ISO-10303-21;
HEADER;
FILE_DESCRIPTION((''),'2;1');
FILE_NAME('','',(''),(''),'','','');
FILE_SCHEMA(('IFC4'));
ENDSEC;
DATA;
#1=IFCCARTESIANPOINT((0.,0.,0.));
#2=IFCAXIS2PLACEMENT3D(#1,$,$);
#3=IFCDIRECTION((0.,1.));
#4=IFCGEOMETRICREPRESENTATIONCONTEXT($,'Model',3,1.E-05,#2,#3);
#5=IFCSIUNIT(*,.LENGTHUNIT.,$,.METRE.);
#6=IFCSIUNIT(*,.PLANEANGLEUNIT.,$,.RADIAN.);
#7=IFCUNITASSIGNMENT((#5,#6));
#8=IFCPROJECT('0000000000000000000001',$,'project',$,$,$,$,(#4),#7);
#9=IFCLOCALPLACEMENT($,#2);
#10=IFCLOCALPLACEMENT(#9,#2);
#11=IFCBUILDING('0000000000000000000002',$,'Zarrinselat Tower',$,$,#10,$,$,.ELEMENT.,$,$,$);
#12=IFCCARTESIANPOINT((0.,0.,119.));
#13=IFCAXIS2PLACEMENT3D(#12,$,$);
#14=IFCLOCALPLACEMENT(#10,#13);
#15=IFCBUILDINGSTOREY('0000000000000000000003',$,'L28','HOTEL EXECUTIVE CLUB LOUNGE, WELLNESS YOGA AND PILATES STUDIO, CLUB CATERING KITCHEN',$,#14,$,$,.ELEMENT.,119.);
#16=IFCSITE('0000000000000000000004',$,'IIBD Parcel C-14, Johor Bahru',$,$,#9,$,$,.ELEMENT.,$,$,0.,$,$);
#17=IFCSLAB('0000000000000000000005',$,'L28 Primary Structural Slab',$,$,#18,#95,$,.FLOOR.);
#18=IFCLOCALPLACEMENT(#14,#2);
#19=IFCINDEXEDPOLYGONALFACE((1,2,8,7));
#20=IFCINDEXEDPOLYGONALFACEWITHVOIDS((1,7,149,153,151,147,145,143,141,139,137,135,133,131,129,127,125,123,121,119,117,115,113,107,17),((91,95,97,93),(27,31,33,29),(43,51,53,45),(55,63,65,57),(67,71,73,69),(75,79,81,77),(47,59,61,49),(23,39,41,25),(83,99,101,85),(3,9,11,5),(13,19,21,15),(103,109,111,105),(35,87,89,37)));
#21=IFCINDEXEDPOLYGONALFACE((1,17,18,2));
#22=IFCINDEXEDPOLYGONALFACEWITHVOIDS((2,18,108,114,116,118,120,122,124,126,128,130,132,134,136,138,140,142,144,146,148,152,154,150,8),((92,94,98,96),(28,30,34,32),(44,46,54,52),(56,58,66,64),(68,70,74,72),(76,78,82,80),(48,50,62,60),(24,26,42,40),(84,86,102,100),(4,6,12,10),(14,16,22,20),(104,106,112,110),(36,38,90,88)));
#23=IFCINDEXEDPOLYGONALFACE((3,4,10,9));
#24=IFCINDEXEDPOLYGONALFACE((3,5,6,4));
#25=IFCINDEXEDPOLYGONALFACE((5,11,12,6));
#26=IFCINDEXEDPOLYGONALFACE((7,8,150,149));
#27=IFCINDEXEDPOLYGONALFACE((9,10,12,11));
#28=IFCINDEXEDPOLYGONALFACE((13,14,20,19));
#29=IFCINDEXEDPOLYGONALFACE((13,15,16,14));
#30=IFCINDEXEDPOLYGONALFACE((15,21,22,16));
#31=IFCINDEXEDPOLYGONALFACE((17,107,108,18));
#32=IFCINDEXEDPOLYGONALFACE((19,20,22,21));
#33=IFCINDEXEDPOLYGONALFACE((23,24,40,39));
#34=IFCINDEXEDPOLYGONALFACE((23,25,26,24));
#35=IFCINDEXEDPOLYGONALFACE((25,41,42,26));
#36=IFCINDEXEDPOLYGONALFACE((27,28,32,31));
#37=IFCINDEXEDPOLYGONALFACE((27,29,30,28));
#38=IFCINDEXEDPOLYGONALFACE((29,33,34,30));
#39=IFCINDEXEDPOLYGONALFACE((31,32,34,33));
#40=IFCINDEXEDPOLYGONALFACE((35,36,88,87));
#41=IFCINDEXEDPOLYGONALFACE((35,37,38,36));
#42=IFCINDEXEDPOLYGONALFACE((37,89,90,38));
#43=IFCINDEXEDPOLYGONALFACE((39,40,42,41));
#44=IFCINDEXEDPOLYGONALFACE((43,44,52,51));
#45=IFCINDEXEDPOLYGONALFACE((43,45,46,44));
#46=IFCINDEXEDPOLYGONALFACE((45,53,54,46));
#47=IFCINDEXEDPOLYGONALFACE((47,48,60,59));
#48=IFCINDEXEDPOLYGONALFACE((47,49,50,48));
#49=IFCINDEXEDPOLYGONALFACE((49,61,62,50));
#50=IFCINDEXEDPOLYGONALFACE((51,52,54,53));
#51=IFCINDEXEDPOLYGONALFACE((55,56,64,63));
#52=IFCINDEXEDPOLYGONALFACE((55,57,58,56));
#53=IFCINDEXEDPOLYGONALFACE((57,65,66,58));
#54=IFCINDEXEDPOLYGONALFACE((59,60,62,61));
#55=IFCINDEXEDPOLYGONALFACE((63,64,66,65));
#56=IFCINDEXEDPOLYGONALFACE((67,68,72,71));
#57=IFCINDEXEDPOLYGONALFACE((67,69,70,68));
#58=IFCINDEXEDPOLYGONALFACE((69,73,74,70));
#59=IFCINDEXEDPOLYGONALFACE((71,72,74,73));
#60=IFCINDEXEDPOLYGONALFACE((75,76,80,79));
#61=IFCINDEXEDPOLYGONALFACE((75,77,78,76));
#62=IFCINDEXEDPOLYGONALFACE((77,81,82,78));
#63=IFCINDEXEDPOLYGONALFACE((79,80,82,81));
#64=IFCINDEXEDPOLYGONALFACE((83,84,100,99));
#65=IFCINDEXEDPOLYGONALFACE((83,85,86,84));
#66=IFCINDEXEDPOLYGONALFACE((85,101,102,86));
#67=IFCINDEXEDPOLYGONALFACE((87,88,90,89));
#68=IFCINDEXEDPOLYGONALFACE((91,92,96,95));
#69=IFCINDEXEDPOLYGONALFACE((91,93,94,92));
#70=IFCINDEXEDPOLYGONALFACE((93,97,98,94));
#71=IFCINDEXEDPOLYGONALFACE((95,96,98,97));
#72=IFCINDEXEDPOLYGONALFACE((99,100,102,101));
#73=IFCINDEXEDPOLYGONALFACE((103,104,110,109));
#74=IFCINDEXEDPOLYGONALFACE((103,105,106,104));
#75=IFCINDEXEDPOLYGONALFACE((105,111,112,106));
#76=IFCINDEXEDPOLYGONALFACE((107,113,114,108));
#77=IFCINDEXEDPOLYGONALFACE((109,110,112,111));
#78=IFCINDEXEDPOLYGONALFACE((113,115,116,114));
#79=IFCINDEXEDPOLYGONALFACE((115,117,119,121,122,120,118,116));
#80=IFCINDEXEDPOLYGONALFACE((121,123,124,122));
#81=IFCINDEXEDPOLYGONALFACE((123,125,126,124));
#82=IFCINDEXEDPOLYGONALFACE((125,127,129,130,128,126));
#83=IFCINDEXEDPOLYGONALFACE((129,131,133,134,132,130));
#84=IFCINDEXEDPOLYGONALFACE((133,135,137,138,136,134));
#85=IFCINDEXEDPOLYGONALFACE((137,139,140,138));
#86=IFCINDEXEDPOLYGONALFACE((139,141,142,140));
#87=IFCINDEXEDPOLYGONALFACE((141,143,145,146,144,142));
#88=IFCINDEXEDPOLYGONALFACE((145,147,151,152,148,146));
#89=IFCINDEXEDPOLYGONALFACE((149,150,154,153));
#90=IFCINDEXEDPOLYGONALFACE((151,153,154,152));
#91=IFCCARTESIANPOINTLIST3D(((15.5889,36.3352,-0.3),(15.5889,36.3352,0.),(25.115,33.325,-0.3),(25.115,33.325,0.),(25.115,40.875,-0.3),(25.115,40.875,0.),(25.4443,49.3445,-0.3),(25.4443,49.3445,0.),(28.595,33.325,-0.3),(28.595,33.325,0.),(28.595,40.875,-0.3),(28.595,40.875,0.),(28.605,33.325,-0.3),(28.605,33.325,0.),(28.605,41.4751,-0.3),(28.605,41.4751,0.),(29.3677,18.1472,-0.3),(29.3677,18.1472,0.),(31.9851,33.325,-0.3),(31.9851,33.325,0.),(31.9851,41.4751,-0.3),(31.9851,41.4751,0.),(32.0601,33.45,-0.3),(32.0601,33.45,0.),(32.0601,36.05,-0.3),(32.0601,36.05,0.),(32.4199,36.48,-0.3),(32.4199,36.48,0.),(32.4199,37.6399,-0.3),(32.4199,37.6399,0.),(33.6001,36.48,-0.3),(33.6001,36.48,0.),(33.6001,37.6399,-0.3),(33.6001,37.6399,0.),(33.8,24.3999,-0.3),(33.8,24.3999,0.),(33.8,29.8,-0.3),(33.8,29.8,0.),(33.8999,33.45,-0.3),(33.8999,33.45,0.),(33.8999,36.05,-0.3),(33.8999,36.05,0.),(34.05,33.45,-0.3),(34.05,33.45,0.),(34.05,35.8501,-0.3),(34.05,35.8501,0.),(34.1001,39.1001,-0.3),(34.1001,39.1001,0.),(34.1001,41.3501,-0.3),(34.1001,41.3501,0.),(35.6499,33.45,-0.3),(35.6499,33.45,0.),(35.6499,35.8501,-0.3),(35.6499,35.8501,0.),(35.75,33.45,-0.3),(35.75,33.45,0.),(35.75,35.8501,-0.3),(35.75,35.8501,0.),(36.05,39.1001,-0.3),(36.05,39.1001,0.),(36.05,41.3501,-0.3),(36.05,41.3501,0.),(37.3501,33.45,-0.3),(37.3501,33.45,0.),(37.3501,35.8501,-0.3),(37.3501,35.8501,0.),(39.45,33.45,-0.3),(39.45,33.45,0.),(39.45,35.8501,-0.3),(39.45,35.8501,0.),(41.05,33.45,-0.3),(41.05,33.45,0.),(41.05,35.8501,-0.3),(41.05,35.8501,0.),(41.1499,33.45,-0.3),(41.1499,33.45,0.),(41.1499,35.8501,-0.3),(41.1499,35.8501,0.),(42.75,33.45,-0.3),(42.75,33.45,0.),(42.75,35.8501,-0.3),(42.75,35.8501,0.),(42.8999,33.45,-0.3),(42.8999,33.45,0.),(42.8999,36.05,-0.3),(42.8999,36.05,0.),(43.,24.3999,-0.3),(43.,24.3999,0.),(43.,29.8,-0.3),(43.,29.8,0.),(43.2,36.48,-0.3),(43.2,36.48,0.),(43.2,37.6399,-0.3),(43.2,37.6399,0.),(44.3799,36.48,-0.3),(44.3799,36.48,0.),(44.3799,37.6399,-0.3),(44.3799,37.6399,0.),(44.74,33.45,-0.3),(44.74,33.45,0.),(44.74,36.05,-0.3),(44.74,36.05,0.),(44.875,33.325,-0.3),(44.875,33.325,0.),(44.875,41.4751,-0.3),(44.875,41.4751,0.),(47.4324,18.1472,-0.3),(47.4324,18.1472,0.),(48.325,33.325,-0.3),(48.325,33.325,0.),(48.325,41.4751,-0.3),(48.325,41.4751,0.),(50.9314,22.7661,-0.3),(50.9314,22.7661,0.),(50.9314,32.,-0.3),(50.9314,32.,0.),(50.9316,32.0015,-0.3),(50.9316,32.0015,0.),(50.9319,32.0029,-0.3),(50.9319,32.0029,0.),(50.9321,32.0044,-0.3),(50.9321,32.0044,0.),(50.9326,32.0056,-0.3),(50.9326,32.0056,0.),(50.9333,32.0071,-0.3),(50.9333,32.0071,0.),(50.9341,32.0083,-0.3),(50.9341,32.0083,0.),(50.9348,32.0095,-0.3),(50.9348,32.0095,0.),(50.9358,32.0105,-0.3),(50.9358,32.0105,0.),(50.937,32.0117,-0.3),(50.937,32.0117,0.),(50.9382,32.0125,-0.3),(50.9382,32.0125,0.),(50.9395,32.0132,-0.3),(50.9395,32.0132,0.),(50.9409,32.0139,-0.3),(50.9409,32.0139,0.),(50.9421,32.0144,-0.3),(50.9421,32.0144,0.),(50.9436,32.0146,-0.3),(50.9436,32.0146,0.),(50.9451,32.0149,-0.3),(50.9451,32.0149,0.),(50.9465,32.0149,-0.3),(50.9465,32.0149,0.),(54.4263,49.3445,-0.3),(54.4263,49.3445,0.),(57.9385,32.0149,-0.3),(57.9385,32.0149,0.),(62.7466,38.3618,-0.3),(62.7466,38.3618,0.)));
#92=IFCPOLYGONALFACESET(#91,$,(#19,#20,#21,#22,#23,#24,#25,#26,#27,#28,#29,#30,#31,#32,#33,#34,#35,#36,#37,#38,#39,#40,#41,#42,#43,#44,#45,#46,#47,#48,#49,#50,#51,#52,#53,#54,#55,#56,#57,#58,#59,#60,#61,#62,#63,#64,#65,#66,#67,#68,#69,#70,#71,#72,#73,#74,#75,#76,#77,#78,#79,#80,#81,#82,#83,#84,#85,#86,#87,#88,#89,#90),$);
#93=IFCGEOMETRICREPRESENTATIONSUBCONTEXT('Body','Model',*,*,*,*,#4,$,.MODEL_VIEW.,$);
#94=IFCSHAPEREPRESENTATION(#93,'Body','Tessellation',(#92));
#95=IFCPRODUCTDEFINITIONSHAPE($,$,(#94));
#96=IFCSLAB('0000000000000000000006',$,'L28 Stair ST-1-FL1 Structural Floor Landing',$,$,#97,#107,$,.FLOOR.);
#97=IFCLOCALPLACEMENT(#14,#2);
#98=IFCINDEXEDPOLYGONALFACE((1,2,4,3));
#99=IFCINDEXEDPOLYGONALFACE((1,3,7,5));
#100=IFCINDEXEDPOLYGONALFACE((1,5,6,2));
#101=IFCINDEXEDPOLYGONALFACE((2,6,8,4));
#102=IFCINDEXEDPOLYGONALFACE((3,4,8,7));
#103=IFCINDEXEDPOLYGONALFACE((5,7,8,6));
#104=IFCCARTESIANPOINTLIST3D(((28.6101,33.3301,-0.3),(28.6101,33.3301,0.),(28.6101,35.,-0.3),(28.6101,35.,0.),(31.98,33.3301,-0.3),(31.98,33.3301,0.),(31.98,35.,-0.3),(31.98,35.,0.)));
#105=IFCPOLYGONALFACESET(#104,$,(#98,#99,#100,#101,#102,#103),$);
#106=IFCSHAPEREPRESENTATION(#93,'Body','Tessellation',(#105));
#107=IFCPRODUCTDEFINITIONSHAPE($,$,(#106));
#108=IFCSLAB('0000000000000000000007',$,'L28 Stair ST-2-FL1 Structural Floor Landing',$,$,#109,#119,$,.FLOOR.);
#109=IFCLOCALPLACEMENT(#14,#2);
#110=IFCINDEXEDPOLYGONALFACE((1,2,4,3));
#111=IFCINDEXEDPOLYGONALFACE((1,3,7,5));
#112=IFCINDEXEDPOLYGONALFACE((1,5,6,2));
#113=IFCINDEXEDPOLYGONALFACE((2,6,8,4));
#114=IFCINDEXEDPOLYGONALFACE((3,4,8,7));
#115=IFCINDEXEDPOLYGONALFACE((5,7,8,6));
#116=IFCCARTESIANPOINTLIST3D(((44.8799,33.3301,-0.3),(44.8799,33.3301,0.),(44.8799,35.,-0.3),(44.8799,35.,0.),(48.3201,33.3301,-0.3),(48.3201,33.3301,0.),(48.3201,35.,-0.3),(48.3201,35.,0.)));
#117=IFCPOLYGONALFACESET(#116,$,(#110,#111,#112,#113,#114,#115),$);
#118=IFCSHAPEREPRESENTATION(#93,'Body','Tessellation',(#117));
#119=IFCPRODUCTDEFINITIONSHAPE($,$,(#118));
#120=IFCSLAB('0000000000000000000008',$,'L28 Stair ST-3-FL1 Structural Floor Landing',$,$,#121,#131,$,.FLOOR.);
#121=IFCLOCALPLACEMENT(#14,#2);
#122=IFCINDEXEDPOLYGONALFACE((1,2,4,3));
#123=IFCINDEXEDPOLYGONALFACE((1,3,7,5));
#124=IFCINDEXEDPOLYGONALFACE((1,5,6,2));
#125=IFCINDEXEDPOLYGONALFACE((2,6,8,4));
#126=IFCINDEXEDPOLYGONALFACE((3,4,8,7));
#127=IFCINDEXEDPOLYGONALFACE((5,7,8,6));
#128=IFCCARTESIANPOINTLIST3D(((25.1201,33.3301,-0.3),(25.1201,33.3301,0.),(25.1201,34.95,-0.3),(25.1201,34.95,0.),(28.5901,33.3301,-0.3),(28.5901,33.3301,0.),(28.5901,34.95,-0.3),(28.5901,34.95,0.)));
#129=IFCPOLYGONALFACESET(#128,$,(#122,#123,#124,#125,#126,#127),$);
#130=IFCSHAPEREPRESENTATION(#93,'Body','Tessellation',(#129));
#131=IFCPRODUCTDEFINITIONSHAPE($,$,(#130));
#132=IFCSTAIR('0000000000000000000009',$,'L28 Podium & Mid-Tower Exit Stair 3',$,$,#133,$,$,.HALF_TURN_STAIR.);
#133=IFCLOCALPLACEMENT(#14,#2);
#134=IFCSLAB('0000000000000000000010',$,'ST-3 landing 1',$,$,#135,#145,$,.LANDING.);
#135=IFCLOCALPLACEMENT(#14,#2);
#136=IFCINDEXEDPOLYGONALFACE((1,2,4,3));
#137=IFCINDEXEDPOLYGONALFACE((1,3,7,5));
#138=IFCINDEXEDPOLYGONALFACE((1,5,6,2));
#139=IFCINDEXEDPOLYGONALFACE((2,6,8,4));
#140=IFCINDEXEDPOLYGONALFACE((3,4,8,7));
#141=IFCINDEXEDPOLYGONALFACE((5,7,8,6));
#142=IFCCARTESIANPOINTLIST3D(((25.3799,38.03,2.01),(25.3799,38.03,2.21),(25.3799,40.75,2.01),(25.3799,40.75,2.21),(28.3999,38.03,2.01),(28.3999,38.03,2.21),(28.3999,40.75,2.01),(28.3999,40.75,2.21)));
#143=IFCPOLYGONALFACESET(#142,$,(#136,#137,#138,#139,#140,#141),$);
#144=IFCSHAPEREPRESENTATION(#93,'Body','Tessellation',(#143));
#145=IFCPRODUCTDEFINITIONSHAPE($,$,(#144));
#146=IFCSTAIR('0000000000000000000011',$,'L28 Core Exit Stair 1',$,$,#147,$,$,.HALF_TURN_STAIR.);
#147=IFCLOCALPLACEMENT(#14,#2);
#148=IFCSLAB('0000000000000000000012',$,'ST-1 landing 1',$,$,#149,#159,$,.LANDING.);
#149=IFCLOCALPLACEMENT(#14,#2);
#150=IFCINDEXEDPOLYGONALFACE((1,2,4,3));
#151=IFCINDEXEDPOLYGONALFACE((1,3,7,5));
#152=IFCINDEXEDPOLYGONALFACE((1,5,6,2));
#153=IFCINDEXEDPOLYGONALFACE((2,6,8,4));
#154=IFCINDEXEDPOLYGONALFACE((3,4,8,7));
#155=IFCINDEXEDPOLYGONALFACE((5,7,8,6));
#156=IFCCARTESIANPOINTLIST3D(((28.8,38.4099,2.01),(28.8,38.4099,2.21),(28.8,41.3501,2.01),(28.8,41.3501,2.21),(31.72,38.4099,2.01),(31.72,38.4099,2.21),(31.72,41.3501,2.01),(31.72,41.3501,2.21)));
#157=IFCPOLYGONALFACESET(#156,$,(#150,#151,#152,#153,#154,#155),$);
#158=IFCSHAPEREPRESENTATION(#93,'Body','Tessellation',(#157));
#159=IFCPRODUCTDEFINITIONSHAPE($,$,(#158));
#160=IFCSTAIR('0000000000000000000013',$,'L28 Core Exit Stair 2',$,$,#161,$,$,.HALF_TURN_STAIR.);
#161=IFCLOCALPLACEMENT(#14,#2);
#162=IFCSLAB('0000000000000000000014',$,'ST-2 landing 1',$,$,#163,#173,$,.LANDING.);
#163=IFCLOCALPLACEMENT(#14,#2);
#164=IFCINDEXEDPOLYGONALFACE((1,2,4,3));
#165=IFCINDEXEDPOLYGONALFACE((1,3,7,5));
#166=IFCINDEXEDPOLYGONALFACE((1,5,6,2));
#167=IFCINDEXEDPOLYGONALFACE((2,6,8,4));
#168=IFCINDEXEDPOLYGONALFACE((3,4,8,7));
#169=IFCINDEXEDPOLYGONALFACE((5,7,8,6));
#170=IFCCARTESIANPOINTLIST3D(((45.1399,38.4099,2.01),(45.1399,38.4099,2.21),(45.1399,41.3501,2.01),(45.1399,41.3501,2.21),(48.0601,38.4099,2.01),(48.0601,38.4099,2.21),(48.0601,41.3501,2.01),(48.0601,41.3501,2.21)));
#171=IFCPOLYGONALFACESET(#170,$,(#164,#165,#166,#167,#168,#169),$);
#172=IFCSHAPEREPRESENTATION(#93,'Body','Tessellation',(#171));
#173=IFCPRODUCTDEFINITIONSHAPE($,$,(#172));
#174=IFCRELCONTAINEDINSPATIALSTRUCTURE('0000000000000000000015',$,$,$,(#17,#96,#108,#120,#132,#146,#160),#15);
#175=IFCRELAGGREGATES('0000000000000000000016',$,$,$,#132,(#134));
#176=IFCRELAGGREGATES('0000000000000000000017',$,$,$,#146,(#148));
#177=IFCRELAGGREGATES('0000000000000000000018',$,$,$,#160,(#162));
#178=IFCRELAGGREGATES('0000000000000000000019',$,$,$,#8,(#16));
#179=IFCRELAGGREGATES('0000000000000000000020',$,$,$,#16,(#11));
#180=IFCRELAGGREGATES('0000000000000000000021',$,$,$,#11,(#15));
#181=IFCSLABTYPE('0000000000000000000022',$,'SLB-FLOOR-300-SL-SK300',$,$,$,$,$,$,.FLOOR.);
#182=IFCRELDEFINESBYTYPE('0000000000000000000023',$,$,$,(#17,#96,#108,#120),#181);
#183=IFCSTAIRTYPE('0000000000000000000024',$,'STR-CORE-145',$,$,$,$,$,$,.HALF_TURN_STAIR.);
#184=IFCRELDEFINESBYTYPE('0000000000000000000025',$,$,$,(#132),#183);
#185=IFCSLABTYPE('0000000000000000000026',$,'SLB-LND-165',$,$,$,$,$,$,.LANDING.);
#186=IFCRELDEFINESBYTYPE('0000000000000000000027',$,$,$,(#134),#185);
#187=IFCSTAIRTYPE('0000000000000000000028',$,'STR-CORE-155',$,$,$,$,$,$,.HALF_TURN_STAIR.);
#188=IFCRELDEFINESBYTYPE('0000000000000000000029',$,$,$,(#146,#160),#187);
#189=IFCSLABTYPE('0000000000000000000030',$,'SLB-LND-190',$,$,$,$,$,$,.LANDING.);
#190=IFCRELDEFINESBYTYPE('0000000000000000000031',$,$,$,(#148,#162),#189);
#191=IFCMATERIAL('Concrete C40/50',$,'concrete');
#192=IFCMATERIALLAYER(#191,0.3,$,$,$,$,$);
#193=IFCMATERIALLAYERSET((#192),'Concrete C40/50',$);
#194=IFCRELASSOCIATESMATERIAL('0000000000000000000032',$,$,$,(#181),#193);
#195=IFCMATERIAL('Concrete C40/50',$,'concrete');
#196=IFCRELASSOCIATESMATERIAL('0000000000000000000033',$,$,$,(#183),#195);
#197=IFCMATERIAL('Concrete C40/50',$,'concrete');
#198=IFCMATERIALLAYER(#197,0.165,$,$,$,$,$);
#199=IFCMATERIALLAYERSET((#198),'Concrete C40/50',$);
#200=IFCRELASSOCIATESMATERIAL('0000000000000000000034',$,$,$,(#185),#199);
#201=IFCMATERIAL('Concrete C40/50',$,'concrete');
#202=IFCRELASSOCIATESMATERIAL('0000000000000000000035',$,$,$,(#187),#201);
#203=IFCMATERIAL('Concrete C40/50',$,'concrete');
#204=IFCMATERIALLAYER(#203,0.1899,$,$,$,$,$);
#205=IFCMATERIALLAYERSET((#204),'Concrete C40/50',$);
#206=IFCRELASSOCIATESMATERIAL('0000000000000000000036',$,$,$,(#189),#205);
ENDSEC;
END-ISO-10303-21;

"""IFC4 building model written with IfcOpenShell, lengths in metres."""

from ifc_helpers import new_model, si_unit, direction, frame, origin, place, context, subcontext, project, spatial, polyline, outline, extrude, material, layer, layer_set, type_object, element, aggregate, save


model = new_model("IFC4")

# Units and contexts
model_context = context("Model", 3, precision=1e-05, world=origin(), true_north=direction((0.0, 1.0)))
body_context = subcontext(model_context, "Body", "Model", "MODEL_VIEW")
ifc_project = project(units=[si_unit("LENGTHUNIT", "METRE"), si_unit("PLANEANGLEUNIT", "RADIAN")], contexts=[model_context])

# Site, building, storey
site_placement = place(None, origin())
site = spatial("IfcSite", under=ifc_project, at=site_placement, Name="IIBD Parcel C-14, Johor Bahru", CompositionType="ELEMENT", RefElevation=0.0)
building_placement = place(site_placement, origin())
building = spatial("IfcBuilding", under=site, at=building_placement, Name="Zarrinselat Tower", CompositionType="ELEMENT")
storey_placement = place(building_placement, frame((0.0, 0.0, 119.0)))
storey = spatial("IfcBuildingStorey", under=building, at=storey_placement, Name="L28", Description="HOTEL EXECUTIVE CLUB LOUNGE, WELLNESS YOGA AND PILATES STUDIO, CLUB CATERING KITCHEN", CompositionType="ELEMENT", Elevation=119.0)

# Slabs
ifc_material_1 = material(Name="Concrete C40/50", Category="concrete")
ifc_layer_1 = layer(ifc_material_1, 0.3)
ifc_layer_set_1 = layer_set([ifc_layer_1], Name="Concrete C40/50")
slab_type_1 = type_object("IfcSlabType", Name="SLB-FLOOR-300-SL-SK300", PredefinedType="FLOOR", material=ifc_layer_set_1)
slab_1_placement = place(storey_placement, frame((0.0, 0.0, -0.3)))
element("IfcSlab", 1, at=slab_1_placement, inside=storey, type_object=slab_type_1, Name="L28 Primary Structural Slab", PredefinedType="FLOOR", context=body_context, shape_type="SweptSolid", body=[
    extrude(outline(polyline([(47.4324, 18.1472), (29.3677, 18.1472), (15.5889, 36.3352), (25.4443, 49.3445), (54.4263, 49.3445), (62.7466, 38.3618), (57.9385, 32.0149), (50.9465, 32.0149), (50.9451, 32.0149), (50.9436, 32.0146), (50.9421, 32.0144), (50.9409, 32.0139), (50.9395, 32.0132), (50.9382, 32.0125), (50.937, 32.0117), (50.9358, 32.0105), (50.9348, 32.0095), (50.9341, 32.0083), (50.9333, 32.0071), (50.9326, 32.0056), (50.9321, 32.0044), (50.9319, 32.0029), (50.9316, 32.0015), (50.9314, 32.0), (50.9314, 22.7661), (47.4324, 18.1472)]), holes=[polyline([(35.6499, 33.45), (34.05, 33.45), (34.05, 35.8501), (35.6499, 35.8501), (35.6499, 33.45)]), polyline([(35.75, 33.45), (35.75, 35.8501), (37.3501, 35.8501), (37.3501, 33.45), (35.75, 33.45)]), polyline([(32.0601, 33.45), (32.0601, 36.05), (33.8999, 36.05), (33.8999, 33.45), (32.0601, 33.45)]), polyline([(33.6001, 36.48), (32.4199, 36.48), (32.4199, 37.6399), (33.6001, 37.6399), (33.6001, 36.48)]), polyline([(28.595, 33.325), (25.115, 33.325), (25.115, 40.875), (28.595, 40.875), (28.595, 33.325)]), polyline([(31.9851, 33.325), (28.605, 33.325), (28.605, 41.4751), (31.9851, 41.4751), (31.9851, 33.325)]), polyline([(36.05, 39.1001), (34.1001, 39.1001), (34.1001, 41.3501), (36.05, 41.3501), (36.05, 39.1001)]), polyline([(33.8, 24.3999), (33.8, 29.8), (43.0, 29.8), (43.0, 24.3999), (33.8, 24.3999)]), polyline([(39.45, 33.45), (39.45, 35.8501), (41.05, 35.8501), (41.05, 33.45), (39.45, 33.45)]), polyline([(41.1499, 33.45), (41.1499, 35.8501), (42.75, 35.8501), (42.75, 33.45), (41.1499, 33.45)]), polyline([(42.8999, 33.45), (42.8999, 36.05), (44.74, 36.05), (44.74, 33.45), (42.8999, 33.45)]), polyline([(43.2, 36.48), (43.2, 37.6399), (44.3799, 37.6399), (44.3799, 36.48), (43.2, 36.48)]), polyline([(48.325, 33.325), (44.875, 33.325), (44.875, 41.4751), (48.325, 41.4751), (48.325, 33.325)])]), origin(), (0.0, 0.0, 1.0), 0.3),
])
slab_2_placement = place(storey_placement, frame((0.0, 0.0, -0.3)))
element("IfcSlab", 2, at=slab_2_placement, inside=storey, type_object=slab_type_1, Name="L28 Stair ST-1-FL1 Structural Floor Landing", PredefinedType="FLOOR", context=body_context, shape_type="SweptSolid", body=[
    extrude(outline(polyline([(31.98, 33.3301), (31.98, 35.0), (28.6101, 35.0), (28.6101, 33.3301), (31.98, 33.3301)])), origin(), (0.0, 0.0, 1.0), 0.3),
])
slab_3_placement = place(storey_placement, frame((0.0, 0.0, -0.3)))
element("IfcSlab", 3, at=slab_3_placement, inside=storey, type_object=slab_type_1, Name="L28 Stair ST-2-FL1 Structural Floor Landing", PredefinedType="FLOOR", context=body_context, shape_type="SweptSolid", body=[
    extrude(outline(polyline([(48.3201, 33.3301), (48.3201, 35.0), (44.8799, 35.0), (44.8799, 33.3301), (48.3201, 33.3301)])), origin(), (0.0, 0.0, 1.0), 0.3),
])
slab_4_placement = place(storey_placement, frame((0.0, 0.0, -0.3)))
element("IfcSlab", 4, at=slab_4_placement, inside=storey, type_object=slab_type_1, Name="L28 Stair ST-3-FL1 Structural Floor Landing", PredefinedType="FLOOR", context=body_context, shape_type="SweptSolid", body=[
    extrude(outline(polyline([(28.5901, 33.3301), (28.5901, 34.95), (25.1201, 34.95), (25.1201, 33.3301), (28.5901, 33.3301)])), origin(), (0.0, 0.0, 1.0), 0.3),
])

# Stairs, slabs
ifc_material_2 = material(Name="Concrete C40/50", Category="concrete")
stair_type_1 = type_object("IfcStairType", Name="STR-CORE-145", PredefinedType="HALF_TURN_STAIR", material=ifc_material_2)
stair_1_placement = place(storey_placement, origin())
stair_1 = element("IfcStair", 5, at=stair_1_placement, inside=storey, type_object=stair_type_1, Name="L28 Podium & Mid-Tower Exit Stair 3", PredefinedType="HALF_TURN_STAIR")
ifc_material_3 = material(Name="Concrete C40/50", Category="concrete")
ifc_layer_2 = layer(ifc_material_3, 0.165)
ifc_layer_set_2 = layer_set([ifc_layer_2], Name="Concrete C40/50")
slab_type_2 = type_object("IfcSlabType", Name="SLB-LND-165", PredefinedType="LANDING", material=ifc_layer_set_2)
slab_5_placement = place(storey_placement, frame((0.0, 0.0, 2.01)))
slab_5 = element("IfcSlab", 6, at=slab_5_placement, type_object=slab_type_2, Name="ST-3 landing 1", PredefinedType="LANDING", context=body_context, shape_type="SweptSolid", body=[
    extrude(outline(polyline([(28.3999, 38.03), (28.3999, 40.75), (25.3799, 40.75), (25.3799, 38.03), (28.3999, 38.03)])), origin(), (0.0, 0.0, 1.0), 0.2),
])
aggregate(stair_1, [slab_5])
ifc_material_4 = material(Name="Concrete C40/50", Category="concrete")
stair_type_2 = type_object("IfcStairType", Name="STR-CORE-155", PredefinedType="HALF_TURN_STAIR", material=ifc_material_4)
stair_2_placement = place(storey_placement, origin())
stair_2 = element("IfcStair", 7, at=stair_2_placement, inside=storey, type_object=stair_type_2, Name="L28 Core Exit Stair 1", PredefinedType="HALF_TURN_STAIR")
ifc_material_5 = material(Name="Concrete C40/50", Category="concrete")
ifc_layer_3 = layer(ifc_material_5, 0.1899)
ifc_layer_set_3 = layer_set([ifc_layer_3], Name="Concrete C40/50")
slab_type_3 = type_object("IfcSlabType", Name="SLB-LND-190", PredefinedType="LANDING", material=ifc_layer_set_3)
slab_6_placement = place(storey_placement, frame((0.0, 0.0, 2.01)))
slab_6 = element("IfcSlab", 8, at=slab_6_placement, type_object=slab_type_3, Name="ST-1 landing 1", PredefinedType="LANDING", context=body_context, shape_type="SweptSolid", body=[
    extrude(outline(polyline([(31.72, 38.4099), (31.72, 41.3501), (28.8, 41.3501), (28.8, 38.4099), (31.72, 38.4099)])), origin(), (0.0, 0.0, 1.0), 0.2),
])
aggregate(stair_2, [slab_6])
stair_3_placement = place(storey_placement, origin())
stair_3 = element("IfcStair", 9, at=stair_3_placement, inside=storey, type_object=stair_type_2, Name="L28 Core Exit Stair 2", PredefinedType="HALF_TURN_STAIR")
slab_7_placement = place(storey_placement, frame((0.0, 0.0, 2.01)))
slab_7 = element("IfcSlab", 10, at=slab_7_placement, type_object=slab_type_3, Name="ST-2 landing 1", PredefinedType="LANDING", context=body_context, shape_type="SweptSolid", body=[
    extrude(outline(polyline([(48.0601, 38.4099), (48.0601, 41.3501), (45.1399, 41.3501), (45.1399, 38.4099), (48.0601, 38.4099)])), origin(), (0.0, 0.0, 1.0), 0.2),
])
aggregate(stair_3, [slab_7])

save(model, "model.ifc")
